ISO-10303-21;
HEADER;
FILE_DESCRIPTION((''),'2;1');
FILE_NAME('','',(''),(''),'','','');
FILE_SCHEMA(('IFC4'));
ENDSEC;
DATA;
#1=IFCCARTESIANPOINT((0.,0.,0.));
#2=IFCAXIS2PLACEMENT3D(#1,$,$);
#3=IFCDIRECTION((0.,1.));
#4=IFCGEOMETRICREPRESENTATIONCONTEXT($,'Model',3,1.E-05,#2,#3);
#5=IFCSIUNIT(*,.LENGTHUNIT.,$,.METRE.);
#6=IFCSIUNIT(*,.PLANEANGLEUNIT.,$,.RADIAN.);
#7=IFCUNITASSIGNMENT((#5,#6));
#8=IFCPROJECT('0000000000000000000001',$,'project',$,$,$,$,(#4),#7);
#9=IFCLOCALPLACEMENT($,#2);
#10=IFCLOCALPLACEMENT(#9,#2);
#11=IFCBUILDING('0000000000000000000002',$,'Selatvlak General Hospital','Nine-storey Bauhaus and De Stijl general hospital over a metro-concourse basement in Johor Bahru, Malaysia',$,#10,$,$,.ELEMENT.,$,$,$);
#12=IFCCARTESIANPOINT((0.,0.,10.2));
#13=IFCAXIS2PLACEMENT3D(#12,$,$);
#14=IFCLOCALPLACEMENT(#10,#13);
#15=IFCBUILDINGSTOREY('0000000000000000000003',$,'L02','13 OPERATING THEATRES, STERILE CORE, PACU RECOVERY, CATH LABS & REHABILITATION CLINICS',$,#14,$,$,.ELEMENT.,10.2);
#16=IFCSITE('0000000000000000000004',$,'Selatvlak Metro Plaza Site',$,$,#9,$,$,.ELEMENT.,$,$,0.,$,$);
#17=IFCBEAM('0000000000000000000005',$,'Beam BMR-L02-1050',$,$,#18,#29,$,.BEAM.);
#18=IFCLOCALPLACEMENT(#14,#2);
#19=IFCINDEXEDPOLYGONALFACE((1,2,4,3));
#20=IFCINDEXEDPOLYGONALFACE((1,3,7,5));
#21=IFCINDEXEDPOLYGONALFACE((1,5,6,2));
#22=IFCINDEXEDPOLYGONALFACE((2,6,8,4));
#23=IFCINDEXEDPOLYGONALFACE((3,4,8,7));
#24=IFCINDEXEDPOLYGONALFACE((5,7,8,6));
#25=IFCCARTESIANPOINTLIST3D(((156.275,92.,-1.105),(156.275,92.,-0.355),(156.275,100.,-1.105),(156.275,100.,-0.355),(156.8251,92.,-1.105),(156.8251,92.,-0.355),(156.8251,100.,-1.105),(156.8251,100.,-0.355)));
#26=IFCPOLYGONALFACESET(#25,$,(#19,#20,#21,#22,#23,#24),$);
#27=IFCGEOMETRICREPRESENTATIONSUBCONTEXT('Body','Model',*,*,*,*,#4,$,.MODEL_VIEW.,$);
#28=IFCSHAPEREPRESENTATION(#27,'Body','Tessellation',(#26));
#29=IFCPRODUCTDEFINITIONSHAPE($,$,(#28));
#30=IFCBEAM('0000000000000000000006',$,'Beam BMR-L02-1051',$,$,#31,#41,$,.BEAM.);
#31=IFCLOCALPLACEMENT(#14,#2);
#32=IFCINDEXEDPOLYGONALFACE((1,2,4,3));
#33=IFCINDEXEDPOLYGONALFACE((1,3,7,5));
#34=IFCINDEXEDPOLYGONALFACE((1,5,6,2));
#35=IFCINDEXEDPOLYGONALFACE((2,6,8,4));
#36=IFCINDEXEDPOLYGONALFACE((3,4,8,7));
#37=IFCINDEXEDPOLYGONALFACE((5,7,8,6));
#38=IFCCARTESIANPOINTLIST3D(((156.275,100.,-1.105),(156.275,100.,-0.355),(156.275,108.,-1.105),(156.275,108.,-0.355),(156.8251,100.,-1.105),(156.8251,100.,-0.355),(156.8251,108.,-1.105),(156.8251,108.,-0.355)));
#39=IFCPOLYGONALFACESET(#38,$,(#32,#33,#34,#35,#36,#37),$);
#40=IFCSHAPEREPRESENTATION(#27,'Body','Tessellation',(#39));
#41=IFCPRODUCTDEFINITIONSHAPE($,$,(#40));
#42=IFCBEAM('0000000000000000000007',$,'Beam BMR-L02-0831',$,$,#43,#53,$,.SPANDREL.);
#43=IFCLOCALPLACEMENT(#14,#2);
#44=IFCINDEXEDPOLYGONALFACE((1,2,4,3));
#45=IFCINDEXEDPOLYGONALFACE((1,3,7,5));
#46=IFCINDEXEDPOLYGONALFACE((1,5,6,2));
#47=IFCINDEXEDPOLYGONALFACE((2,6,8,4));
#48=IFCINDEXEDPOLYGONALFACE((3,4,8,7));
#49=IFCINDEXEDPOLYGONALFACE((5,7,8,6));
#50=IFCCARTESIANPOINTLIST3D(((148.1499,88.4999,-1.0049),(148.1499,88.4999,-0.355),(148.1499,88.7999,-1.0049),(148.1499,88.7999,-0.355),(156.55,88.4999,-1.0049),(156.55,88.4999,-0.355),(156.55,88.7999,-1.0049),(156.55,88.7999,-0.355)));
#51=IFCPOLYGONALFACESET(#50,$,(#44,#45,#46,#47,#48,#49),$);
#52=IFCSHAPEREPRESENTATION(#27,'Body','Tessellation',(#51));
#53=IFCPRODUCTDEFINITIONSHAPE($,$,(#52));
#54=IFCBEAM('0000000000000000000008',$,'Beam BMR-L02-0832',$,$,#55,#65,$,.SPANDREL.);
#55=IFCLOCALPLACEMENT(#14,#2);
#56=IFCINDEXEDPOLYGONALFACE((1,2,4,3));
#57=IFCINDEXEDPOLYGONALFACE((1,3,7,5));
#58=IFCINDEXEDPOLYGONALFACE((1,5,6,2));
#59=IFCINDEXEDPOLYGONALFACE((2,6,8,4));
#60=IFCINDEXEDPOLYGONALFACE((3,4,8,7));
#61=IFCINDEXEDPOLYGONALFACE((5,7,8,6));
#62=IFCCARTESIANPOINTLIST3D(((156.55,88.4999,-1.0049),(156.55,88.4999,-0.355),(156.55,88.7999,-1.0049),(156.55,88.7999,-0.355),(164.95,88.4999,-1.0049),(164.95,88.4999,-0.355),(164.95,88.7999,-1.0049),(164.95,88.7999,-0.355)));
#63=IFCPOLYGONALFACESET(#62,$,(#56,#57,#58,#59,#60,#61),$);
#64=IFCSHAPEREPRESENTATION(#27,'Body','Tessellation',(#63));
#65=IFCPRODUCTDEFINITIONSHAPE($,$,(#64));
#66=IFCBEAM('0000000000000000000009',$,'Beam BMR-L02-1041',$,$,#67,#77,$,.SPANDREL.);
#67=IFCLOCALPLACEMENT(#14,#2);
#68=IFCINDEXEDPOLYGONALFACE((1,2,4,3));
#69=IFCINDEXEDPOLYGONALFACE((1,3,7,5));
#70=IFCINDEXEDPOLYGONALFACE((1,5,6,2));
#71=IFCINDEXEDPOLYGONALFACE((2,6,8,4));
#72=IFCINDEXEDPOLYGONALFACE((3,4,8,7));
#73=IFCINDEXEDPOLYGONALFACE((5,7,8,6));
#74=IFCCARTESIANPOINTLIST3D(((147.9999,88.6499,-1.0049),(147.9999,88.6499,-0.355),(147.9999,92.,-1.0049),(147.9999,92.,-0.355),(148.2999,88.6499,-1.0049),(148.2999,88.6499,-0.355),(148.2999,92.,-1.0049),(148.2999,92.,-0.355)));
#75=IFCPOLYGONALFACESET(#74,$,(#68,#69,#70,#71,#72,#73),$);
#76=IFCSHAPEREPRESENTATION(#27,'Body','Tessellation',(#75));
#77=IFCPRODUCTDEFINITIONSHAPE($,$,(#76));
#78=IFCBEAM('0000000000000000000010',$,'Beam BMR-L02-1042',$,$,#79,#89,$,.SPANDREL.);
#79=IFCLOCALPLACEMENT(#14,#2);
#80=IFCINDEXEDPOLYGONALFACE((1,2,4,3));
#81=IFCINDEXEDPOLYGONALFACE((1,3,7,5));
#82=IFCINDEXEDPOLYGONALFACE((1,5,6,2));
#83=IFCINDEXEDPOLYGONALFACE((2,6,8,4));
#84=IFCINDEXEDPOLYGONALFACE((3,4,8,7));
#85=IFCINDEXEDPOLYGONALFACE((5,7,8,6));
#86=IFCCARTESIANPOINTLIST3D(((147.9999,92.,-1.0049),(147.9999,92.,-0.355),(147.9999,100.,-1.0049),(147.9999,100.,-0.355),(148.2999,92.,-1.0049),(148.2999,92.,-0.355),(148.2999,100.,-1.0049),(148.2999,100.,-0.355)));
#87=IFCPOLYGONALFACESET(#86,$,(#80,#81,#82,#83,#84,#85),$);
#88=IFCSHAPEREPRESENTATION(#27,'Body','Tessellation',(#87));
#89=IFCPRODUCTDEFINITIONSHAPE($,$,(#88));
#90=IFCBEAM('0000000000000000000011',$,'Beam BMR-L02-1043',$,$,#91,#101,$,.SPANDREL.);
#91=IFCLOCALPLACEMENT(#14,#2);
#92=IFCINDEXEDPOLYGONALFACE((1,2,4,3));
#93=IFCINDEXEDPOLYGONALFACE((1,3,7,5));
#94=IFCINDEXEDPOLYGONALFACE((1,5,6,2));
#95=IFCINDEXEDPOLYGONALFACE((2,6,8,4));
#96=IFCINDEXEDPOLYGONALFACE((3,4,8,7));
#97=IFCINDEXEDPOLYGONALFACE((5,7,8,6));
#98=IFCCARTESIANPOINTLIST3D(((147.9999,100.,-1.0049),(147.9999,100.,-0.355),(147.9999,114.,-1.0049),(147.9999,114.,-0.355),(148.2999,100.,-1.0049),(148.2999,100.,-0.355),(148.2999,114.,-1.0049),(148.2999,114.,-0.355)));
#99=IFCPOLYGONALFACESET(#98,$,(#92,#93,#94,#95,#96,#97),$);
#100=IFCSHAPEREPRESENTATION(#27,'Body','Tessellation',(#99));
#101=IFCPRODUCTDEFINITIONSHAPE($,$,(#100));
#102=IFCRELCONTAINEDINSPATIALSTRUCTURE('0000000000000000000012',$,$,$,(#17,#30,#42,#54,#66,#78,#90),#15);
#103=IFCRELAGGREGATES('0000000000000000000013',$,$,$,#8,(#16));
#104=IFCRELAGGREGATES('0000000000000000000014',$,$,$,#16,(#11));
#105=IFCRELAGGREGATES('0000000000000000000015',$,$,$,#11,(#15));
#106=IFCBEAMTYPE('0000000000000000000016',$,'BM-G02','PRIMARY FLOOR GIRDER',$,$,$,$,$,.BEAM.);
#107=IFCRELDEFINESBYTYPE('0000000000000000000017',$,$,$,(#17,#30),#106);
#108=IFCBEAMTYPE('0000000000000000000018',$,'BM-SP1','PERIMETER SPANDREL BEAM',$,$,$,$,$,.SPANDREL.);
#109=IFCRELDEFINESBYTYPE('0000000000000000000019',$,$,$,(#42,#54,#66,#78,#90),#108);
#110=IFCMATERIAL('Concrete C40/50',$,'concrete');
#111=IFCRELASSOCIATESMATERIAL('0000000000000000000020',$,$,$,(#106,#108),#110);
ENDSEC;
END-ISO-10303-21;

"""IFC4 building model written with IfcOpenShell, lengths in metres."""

from ifc_helpers import new_model, si_unit, direction, frame, origin, origin_2d, place, context, subcontext, project, spatial, rectangle, extrude, material, material_profile, profile_set, type_object, element, save


model = new_model("IFC4")

# Units and contexts
model_context = context("Model", 3, precision=1e-05, world=origin(), true_north=direction((0.0, 1.0)))
body_context = subcontext(model_context, "Body", "Model", "MODEL_VIEW")
ifc_project = project(units=[si_unit("LENGTHUNIT", "METRE"), si_unit("PLANEANGLEUNIT", "RADIAN")], contexts=[model_context])

# Site, building, storey
site_placement = place(None, origin())
site = spatial("IfcSite", under=ifc_project, at=site_placement, Name="Selatvlak Metro Plaza Site", CompositionType="ELEMENT", RefElevation=0.0)
building_placement = place(site_placement, origin())
building = spatial("IfcBuilding", under=site, at=building_placement, Name="Selatvlak General Hospital", Description="Nine-storey Bauhaus and De Stijl general hospital over a metro-concourse basement in Johor Bahru, Malaysia", CompositionType="ELEMENT")
storey_placement = place(building_placement, frame((0.0, 0.0, 10.2)))
storey = spatial("IfcBuildingStorey", under=building, at=storey_placement, Name="L02", Description="13 OPERATING THEATRES, STERILE CORE, PACU RECOVERY, CATH LABS & REHABILITATION CLINICS", CompositionType="ELEMENT", Elevation=10.2)

# Beams
ifc_material_1 = material(Name="Concrete C40/50", Category="concrete")
ifc_material_profile_1 = material_profile(ifc_material_1, rectangle(XDim=0.55, YDim=0.75, at=origin_2d()), Name="RC-BM 550x750")
ifc_profile_set_1 = profile_set([ifc_material_profile_1], Name="Concrete C40/50")
beam_type_1 = type_object("IfcBeamType", Name="BM-G02", Description="PRIMARY FLOOR GIRDER", PredefinedType="BEAM", material=ifc_profile_set_1)
for number, where, z_axis, x_axis, name in (
    (1, (156.55, 92.0, -0.73), (0.0, 1.0, 0.0), (-1.0, 0.0, 0.0), "Beam BMR-L02-1050"),
    (2, (156.55, 100.0, -0.73), (0.0, 1.0, 0.0), (-1.0, 0.0, 0.0), "Beam BMR-L02-1051"),
):
    element("IfcBeam", number, at=place(storey_placement, frame(where, z_axis=z_axis, x_axis=x_axis)), inside=storey, type_object=beam_type_1, Name=name, PredefinedType="BEAM", context=body_context, shape_type="SweptSolid", body=[
        extrude(rectangle(XDim=0.55, YDim=0.75, at=origin_2d()), origin(), (0.0, 0.0, 1.0), 8.0),
    ])
ifc_material_profile_2 = material_profile(ifc_material_1, rectangle(XDim=0.3, YDim=0.6499, at=origin_2d()), Name="RC-SP 300x650")
ifc_profile_set_2 = profile_set([ifc_material_profile_2], Name="Concrete C40/50")
beam_type_2 = type_object("IfcBeamType", Name="BM-SP1", Description="PERIMETER SPANDREL BEAM", PredefinedType="SPANDREL", material=ifc_profile_set_2)
beam_1_placement = place(storey_placement, frame((148.1499, 88.6499, -0.6799), z_axis=(1.0, 0.0, 0.0), x_axis=(0.0, 1.0, 0.0)))
element("IfcBeam", 3, at=beam_1_placement, inside=storey, type_object=beam_type_2, Name="Beam BMR-L02-0831", PredefinedType="SPANDREL", context=body_context, shape_type="SweptSolid", body=[
    extrude(rectangle(XDim=0.3, YDim=0.6499, at=origin_2d()), origin(), (0.0, 0.0, 1.0), 8.4001),
])
beam_2_placement = place(storey_placement, frame((156.55, 88.6499, -0.6799), z_axis=(1.0, 0.0, 0.0), x_axis=(0.0, 1.0, 0.0)))
element("IfcBeam", 4, at=beam_2_placement, inside=storey, type_object=beam_type_2, Name="Beam BMR-L02-0832", PredefinedType="SPANDREL", context=body_context, shape_type="SweptSolid", body=[
    extrude(rectangle(XDim=0.3, YDim=0.6499, at=origin_2d()), origin(), (0.0, 0.0, 1.0), 8.3999),
])
beam_3_placement = place(storey_placement, frame((148.1499, 88.6499, -0.6799), z_axis=(0.0, 1.0, 0.0), x_axis=(-1.0, 0.0, 0.0)))
element("IfcBeam", 5, at=beam_3_placement, inside=storey, type_object=beam_type_2, Name="Beam BMR-L02-1041", PredefinedType="SPANDREL", context=body_context, shape_type="SweptSolid", body=[
    extrude(rectangle(XDim=0.3, YDim=0.6499, at=origin_2d()), origin(), (0.0, 0.0, 1.0), 3.3501),
])
beam_4_placement = place(storey_placement, frame((148.1499, 92.0, -0.6799), z_axis=(0.0, 1.0, 0.0), x_axis=(-1.0, 0.0, 0.0)))
element("IfcBeam", 6, at=beam_4_placement, inside=storey, type_object=beam_type_2, Name="Beam BMR-L02-1042", PredefinedType="SPANDREL", context=body_context, shape_type="SweptSolid", body=[
    extrude(rectangle(XDim=0.3, YDim=0.6499, at=origin_2d()), origin(), (0.0, 0.0, 1.0), 8.0),
])
beam_5_placement = place(storey_placement, frame((148.1499, 100.0, -0.6799), z_axis=(0.0, 1.0, 0.0), x_axis=(-1.0, 0.0, 0.0)))
element("IfcBeam", 7, at=beam_5_placement, inside=storey, type_object=beam_type_2, Name="Beam BMR-L02-1043", PredefinedType="SPANDREL", context=body_context, shape_type="SweptSolid", body=[
    extrude(rectangle(XDim=0.3, YDim=0.6499, at=origin_2d()), origin(), (0.0, 0.0, 1.0), 14.0),
])

save(model, "model.ifc")
